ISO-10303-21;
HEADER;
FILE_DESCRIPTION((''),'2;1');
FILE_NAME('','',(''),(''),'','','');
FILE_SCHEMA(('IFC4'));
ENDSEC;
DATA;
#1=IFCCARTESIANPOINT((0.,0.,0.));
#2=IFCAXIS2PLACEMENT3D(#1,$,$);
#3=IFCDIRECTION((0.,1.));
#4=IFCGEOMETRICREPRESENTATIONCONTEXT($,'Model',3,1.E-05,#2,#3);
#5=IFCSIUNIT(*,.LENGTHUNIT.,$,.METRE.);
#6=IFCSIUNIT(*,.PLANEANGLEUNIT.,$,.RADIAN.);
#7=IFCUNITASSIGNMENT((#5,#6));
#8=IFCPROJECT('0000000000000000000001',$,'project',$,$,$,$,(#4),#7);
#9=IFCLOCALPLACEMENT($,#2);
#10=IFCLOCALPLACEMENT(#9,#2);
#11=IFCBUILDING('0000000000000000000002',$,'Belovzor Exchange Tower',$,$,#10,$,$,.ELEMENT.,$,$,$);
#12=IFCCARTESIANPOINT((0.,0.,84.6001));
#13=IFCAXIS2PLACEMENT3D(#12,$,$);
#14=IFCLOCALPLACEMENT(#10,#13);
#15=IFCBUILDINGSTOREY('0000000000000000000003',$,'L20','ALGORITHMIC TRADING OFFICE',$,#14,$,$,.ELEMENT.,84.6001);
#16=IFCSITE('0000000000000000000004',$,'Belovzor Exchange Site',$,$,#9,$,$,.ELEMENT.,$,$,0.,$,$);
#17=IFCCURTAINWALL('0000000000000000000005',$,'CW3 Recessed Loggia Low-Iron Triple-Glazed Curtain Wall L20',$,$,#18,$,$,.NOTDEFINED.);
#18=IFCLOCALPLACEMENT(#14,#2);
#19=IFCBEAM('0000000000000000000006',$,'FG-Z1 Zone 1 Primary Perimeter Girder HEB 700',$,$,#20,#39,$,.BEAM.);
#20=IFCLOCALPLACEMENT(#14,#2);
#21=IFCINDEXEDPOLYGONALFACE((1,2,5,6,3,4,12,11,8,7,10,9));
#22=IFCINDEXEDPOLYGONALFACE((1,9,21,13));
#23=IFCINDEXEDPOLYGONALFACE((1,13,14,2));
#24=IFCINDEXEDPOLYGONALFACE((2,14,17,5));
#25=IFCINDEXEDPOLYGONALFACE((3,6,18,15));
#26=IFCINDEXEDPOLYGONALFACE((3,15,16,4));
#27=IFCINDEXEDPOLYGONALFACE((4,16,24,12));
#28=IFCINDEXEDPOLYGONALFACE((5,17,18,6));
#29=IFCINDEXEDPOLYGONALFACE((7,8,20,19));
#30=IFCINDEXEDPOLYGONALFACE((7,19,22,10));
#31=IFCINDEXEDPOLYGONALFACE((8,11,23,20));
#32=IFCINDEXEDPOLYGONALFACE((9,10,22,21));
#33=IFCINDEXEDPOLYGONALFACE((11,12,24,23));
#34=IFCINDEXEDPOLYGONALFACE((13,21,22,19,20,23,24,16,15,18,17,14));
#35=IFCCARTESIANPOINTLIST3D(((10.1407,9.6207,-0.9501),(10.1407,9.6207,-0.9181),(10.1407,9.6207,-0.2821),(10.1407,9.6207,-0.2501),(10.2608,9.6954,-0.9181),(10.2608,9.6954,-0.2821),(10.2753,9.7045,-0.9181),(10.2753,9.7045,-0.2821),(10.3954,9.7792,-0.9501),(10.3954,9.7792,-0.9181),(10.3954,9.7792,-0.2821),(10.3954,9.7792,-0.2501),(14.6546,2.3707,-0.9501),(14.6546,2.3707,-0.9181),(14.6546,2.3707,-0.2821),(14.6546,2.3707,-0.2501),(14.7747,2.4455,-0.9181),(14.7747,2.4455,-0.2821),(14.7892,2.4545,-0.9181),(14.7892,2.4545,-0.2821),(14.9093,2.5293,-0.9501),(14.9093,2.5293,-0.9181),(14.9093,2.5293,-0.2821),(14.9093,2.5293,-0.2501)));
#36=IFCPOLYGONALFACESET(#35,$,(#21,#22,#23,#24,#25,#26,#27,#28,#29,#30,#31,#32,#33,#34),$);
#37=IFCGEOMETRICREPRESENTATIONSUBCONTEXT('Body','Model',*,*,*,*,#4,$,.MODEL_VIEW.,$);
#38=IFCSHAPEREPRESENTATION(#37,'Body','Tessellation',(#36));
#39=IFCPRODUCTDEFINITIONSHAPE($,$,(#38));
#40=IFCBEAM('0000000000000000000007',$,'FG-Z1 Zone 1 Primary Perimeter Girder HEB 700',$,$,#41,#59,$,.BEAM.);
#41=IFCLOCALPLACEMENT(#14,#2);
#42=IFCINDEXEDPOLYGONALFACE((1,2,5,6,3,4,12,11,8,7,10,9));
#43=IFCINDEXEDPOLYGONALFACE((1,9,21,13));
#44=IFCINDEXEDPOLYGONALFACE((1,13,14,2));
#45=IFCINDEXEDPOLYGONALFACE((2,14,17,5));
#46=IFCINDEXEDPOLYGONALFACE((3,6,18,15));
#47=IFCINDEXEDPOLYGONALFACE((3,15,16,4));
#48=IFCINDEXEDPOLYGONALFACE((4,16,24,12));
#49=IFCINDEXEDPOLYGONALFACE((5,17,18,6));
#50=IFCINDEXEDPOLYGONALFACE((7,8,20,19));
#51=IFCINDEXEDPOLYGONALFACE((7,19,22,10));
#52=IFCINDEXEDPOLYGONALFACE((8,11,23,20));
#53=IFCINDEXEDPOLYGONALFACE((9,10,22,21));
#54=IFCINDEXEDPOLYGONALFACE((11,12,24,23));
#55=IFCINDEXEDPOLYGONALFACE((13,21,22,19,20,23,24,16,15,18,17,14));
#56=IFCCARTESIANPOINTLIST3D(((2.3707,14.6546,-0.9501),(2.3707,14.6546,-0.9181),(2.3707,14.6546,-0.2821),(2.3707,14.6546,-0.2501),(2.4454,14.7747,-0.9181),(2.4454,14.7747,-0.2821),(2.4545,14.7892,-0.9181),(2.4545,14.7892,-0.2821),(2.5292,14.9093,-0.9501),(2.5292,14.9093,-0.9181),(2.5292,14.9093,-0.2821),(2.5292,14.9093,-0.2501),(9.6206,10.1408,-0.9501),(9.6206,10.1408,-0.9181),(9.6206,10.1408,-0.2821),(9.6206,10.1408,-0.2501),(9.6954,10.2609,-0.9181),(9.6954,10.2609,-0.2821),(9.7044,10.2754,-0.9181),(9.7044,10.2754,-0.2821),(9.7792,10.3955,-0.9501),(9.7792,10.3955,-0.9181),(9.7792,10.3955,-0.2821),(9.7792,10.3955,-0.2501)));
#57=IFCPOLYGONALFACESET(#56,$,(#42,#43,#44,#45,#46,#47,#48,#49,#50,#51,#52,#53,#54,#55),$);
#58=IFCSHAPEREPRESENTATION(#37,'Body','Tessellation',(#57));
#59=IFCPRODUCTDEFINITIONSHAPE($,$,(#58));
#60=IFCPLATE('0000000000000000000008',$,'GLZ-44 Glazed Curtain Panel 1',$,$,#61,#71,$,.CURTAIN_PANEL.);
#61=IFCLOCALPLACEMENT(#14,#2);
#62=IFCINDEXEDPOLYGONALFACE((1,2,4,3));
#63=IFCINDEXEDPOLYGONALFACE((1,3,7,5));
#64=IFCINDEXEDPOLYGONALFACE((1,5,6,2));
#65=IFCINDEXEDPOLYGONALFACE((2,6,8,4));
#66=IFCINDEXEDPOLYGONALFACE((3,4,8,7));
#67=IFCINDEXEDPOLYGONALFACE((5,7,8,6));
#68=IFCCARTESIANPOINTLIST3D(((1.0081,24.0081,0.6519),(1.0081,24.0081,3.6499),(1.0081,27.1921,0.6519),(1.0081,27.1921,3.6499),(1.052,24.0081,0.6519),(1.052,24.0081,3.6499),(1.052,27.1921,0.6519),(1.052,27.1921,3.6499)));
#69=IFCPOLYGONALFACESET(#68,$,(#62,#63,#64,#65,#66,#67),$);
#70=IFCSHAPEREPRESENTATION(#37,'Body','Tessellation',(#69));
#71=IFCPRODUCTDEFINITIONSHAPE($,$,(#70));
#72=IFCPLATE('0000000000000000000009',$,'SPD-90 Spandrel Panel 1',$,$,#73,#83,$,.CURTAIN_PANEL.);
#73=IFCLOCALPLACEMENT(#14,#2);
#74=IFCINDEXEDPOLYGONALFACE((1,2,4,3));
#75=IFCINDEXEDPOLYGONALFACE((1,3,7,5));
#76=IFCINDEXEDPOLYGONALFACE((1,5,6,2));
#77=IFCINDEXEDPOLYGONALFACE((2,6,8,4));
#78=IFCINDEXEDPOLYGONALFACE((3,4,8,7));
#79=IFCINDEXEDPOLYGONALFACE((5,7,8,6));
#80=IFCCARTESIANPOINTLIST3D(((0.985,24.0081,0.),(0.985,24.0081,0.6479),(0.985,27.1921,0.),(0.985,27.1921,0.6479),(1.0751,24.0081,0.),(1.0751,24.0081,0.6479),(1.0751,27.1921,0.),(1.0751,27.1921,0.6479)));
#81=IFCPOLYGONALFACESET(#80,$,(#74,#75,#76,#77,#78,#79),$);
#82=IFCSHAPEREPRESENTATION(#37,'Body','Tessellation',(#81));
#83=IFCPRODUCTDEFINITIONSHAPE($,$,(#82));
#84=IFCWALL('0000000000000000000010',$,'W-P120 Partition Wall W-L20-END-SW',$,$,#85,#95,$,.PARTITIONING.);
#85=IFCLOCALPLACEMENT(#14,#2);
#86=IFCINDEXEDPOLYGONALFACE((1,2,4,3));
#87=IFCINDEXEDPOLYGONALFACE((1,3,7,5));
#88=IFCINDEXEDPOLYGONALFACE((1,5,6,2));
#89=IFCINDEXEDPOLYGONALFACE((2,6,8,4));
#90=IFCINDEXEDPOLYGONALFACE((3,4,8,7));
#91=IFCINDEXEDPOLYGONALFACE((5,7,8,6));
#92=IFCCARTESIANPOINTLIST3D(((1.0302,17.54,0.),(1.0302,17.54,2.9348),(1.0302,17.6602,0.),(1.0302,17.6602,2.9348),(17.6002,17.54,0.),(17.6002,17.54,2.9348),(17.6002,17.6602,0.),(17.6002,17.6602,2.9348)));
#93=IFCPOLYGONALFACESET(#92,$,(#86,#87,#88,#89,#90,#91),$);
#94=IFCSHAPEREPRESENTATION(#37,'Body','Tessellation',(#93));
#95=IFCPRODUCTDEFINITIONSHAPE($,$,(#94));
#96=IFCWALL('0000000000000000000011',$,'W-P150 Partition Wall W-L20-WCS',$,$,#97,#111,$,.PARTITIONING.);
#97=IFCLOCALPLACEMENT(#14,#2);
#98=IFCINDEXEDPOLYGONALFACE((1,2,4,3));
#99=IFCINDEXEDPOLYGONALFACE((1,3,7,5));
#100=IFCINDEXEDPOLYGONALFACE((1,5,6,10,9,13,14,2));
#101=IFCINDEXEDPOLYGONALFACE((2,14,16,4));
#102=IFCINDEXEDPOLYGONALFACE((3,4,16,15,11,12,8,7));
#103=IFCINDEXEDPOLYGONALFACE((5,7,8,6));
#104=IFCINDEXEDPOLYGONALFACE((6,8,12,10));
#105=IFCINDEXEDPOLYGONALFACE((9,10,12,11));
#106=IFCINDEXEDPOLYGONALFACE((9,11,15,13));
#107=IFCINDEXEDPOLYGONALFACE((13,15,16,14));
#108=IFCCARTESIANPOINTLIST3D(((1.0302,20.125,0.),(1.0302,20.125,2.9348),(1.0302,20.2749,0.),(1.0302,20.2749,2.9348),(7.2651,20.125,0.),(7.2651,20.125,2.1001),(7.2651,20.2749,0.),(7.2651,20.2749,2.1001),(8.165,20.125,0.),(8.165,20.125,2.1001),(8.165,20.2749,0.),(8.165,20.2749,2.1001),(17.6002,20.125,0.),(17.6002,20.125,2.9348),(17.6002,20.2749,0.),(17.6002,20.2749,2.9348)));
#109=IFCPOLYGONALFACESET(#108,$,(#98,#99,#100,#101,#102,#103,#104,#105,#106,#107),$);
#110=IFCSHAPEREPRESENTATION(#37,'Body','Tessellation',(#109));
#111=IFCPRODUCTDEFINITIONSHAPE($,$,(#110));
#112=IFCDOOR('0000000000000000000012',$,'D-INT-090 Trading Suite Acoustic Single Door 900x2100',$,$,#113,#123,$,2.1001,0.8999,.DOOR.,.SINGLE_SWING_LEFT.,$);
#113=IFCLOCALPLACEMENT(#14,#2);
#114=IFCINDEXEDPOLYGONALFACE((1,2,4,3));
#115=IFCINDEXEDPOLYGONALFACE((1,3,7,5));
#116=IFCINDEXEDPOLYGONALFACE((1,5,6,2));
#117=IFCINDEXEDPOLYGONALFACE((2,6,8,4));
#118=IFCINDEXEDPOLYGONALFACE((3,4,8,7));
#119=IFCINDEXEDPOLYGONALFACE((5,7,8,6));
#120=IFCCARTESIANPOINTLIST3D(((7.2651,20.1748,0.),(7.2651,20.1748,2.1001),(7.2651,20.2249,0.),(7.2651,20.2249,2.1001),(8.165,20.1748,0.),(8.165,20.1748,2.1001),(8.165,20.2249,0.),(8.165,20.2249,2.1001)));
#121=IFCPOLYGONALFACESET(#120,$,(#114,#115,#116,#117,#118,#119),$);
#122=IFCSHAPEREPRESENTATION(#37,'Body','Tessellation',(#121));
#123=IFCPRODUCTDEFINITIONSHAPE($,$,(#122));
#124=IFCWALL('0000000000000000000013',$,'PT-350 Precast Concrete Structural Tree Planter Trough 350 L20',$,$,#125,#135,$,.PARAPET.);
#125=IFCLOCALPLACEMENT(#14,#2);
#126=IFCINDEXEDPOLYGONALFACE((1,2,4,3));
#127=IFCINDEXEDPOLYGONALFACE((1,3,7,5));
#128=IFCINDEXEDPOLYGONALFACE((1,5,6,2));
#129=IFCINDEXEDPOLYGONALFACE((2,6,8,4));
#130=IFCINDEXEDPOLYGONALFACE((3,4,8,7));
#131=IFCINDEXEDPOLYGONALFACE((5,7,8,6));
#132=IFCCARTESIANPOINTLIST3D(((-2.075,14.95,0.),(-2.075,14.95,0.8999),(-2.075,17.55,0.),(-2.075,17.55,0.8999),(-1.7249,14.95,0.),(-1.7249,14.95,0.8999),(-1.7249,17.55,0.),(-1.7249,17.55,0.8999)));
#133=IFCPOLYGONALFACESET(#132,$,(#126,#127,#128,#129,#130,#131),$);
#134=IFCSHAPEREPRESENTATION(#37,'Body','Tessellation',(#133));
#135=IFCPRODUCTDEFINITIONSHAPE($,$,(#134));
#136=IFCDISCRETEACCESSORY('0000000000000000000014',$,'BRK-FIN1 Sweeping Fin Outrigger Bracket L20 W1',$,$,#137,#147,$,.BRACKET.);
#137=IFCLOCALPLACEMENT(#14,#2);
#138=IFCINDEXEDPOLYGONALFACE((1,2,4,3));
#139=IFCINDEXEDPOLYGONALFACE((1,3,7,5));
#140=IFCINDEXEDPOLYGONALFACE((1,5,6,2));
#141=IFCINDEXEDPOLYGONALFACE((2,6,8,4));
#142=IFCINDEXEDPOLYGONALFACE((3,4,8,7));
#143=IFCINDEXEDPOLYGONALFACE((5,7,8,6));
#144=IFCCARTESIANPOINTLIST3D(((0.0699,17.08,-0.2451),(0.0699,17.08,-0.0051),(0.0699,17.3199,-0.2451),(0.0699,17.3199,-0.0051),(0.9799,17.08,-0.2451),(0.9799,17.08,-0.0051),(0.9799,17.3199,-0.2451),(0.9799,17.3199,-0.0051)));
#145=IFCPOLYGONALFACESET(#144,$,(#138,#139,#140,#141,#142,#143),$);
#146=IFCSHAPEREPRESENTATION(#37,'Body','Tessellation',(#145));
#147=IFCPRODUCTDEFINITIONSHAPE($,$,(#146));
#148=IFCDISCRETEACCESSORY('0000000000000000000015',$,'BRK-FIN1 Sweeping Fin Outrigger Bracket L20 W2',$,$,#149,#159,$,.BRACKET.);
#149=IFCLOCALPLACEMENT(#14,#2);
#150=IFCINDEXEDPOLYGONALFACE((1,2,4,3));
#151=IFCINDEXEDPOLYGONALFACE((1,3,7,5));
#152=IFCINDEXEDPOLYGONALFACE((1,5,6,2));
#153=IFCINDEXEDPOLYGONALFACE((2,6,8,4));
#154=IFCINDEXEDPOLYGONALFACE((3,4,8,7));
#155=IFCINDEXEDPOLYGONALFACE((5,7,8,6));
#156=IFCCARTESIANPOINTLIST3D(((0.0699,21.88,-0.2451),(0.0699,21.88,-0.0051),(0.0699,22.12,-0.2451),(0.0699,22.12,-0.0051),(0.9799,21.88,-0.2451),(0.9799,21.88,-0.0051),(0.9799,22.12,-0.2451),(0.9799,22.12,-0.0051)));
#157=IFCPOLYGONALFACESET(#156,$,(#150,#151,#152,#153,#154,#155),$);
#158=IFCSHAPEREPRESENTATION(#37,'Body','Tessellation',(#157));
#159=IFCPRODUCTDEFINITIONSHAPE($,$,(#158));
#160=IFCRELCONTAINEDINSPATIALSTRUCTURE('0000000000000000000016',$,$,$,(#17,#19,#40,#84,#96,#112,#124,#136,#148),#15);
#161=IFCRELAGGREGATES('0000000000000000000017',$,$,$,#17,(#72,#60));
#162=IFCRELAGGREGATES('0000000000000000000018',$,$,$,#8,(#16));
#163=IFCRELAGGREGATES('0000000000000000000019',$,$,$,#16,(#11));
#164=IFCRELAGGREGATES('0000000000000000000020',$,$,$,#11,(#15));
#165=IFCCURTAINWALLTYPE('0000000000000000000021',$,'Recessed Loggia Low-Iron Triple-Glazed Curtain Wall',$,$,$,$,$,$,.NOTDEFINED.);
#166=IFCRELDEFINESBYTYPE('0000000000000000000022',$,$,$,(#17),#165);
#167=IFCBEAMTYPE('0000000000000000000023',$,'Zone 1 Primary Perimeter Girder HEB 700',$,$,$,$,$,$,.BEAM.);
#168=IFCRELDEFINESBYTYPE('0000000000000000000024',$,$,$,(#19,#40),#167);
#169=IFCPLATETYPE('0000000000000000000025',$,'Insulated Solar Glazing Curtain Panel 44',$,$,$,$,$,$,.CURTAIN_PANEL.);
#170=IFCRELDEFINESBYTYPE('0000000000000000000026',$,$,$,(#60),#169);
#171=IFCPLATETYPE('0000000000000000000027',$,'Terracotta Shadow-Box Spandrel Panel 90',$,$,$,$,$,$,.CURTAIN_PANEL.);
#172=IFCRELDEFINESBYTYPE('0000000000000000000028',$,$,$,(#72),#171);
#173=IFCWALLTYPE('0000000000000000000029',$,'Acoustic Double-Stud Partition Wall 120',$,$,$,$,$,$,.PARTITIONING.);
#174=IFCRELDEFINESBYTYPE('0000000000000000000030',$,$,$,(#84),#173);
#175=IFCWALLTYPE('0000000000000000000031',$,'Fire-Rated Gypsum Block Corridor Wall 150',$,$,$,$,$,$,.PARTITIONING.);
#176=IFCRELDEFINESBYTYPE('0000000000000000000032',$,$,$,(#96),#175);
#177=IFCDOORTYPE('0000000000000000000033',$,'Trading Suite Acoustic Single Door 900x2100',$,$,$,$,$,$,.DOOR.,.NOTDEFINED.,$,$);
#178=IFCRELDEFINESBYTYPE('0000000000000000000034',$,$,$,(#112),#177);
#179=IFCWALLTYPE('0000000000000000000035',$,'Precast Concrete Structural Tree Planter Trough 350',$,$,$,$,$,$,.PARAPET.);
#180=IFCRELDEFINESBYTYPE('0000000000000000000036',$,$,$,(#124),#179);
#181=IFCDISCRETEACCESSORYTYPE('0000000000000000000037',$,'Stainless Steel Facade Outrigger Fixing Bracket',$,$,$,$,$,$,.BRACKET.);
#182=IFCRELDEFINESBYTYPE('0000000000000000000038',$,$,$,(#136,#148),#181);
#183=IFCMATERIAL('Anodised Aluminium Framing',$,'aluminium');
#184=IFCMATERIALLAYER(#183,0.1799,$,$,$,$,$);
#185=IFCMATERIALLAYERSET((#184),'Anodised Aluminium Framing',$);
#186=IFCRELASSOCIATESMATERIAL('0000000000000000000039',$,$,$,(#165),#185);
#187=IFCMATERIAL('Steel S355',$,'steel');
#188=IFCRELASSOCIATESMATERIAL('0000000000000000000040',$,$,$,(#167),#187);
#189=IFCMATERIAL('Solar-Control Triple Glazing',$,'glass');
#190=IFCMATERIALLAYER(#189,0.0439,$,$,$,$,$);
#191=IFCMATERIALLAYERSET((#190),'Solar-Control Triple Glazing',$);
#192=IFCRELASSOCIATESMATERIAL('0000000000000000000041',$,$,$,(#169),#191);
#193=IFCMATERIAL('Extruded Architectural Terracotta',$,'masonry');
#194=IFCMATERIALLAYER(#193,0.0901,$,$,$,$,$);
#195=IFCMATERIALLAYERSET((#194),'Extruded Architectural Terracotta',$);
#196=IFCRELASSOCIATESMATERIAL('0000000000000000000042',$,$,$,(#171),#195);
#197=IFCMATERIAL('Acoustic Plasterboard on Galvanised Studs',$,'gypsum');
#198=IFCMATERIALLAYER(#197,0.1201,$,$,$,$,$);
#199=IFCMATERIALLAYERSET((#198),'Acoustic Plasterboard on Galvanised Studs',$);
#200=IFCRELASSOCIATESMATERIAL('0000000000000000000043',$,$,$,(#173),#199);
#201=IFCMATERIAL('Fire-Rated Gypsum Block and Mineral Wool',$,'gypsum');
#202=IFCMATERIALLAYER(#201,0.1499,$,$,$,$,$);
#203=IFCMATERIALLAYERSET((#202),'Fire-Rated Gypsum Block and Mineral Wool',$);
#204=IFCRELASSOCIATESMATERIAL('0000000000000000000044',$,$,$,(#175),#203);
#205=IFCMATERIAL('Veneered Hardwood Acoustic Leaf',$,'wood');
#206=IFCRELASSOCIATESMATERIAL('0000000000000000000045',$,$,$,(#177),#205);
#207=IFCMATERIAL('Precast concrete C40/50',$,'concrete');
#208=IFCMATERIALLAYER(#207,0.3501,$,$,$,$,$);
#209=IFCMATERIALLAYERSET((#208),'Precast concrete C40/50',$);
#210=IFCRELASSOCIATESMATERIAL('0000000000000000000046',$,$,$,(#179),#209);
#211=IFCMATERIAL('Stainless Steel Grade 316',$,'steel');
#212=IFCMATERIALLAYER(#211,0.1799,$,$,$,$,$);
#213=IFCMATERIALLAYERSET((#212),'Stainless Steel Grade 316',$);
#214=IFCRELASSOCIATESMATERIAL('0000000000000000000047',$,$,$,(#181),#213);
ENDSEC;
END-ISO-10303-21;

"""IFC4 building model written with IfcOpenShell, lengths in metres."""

from ifc_helpers import new_model, si_unit, direction, frame, frame_2d, origin, origin_2d, place, context, subcontext, project, spatial, rectangle, i_section, extrude, material, layer, layer_set, material_profile, profile_set, type_object, element, fill, aggregate, save


model = new_model("IFC4")

# Units and contexts
model_context = context("Model", 3, precision=1e-05, world=origin(), true_north=direction((0.0, 1.0)))
body_context = subcontext(model_context, "Body", "Model", "MODEL_VIEW")
ifc_project = project(units=[si_unit("LENGTHUNIT", "METRE"), si_unit("PLANEANGLEUNIT", "RADIAN")], contexts=[model_context])

# Site, building, storey
site_placement = place(None, origin())
site = spatial("IfcSite", under=ifc_project, at=site_placement, Name="Belovzor Exchange Site", CompositionType="ELEMENT", RefElevation=0.0)
building_placement = place(site_placement, origin())
building = spatial("IfcBuilding", under=site, at=building_placement, Name="Belovzor Exchange Tower", CompositionType="ELEMENT")
storey_placement = place(building_placement, frame((0.0, 0.0, 84.6001)))
storey = spatial("IfcBuildingStorey", under=building, at=storey_placement, Name="L20", Description="ALGORITHMIC TRADING OFFICE", CompositionType="ELEMENT", Elevation=84.6001)

# Curtain wall
ifc_material_1 = material(Name="Anodised Aluminium Framing", Category="aluminium")
ifc_layer_1 = layer(ifc_material_1, 0.1799)
ifc_layer_set_1 = layer_set([ifc_layer_1], Name="Anodised Aluminium Framing")
curtain_wall_type = type_object("IfcCurtainWallType", Name="Recessed Loggia Low-Iron Triple-Glazed Curtain Wall", PredefinedType="NOTDEFINED", material=ifc_layer_set_1)
curtain_wall_placement = place(storey_placement, origin())
curtain_wall = element("IfcCurtainWall", 1, at=curtain_wall_placement, inside=storey, type_object=curtain_wall_type, Name="CW3 Recessed Loggia Low-Iron Triple-Glazed Curtain Wall L20", PredefinedType="NOTDEFINED")

# Beams
ifc_material_2 = material(Name="Steel S355", Category="steel")
ifc_material_profile_1 = material_profile(ifc_material_2, i_section(OverallWidth=0.3, OverallDepth=0.7, WebThickness=0.0171, FlangeThickness=0.032, at=origin_2d()))
ifc_profile_set_1 = profile_set([ifc_material_profile_1], Name="Steel S355")
beam_type_1 = type_object("IfcBeamType", Name="Zone 1 Primary Perimeter Girder HEB 700", PredefinedType="BEAM", material=ifc_profile_set_1)
for number, where, z_axis, x_axis, name in (
    (2, (10.2681, 9.7, -0.6001), (0.528539, -0.848909, 0.0), (0.848909, 0.528539, 0.0), "FG-Z1 Zone 1 Primary Perimeter Girder HEB 700"),
    (3, (2.45, 14.782, -0.6001), (0.848909, -0.528539, 0.0), (0.528539, 0.848909, 0.0), "FG-Z1 Zone 1 Primary Perimeter Girder HEB 700"),
):
    element("IfcBeam", number, at=place(storey_placement, frame(where, z_axis=z_axis, x_axis=x_axis)), inside=storey, type_object=beam_type_1, Name=name, PredefinedType="BEAM", context=body_context, shape_type="SweptSolid", body=[
        extrude(i_section(OverallWidth=0.3, OverallDepth=0.7, WebThickness=0.0171, FlangeThickness=0.032, at=origin_2d()), origin(), (0.0, 0.0, 1.0), 8.5403),
    ])

# Plates
ifc_material_3 = material(Name="Solar-Control Triple Glazing", Category="glass")
ifc_layer_2 = layer(ifc_material_3, 0.0439)
ifc_layer_set_2 = layer_set([ifc_layer_2], Name="Solar-Control Triple Glazing")
plate_type_1 = type_object("IfcPlateType", Name="Insulated Solar Glazing Curtain Panel 44", PredefinedType="CURTAIN_PANEL", material=ifc_layer_set_2)
plate_1_placement = place(storey_placement, frame((1.03, 25.6001, 0.6519), z_axis=(0.0, 0.0, 1.0), x_axis=(0.0, 1.0, 0.0)))
plate_1 = element("IfcPlate", 4, at=plate_1_placement, type_object=plate_type_1, Name="GLZ-44 Glazed Curtain Panel 1", PredefinedType="CURTAIN_PANEL", context=body_context, shape_type="SweptSolid", body=[
    extrude(rectangle(XDim=3.1841, YDim=0.0439, at=origin_2d()), origin(), (0.0, 0.0, 1.0), 2.998),
])
ifc_material_4 = material(Name="Extruded Architectural Terracotta", Category="masonry")
ifc_layer_3 = layer(ifc_material_4, 0.0901)
ifc_layer_set_3 = layer_set([ifc_layer_3], Name="Extruded Architectural Terracotta")
plate_type_2 = type_object("IfcPlateType", Name="Terracotta Shadow-Box Spandrel Panel 90", PredefinedType="CURTAIN_PANEL", material=ifc_layer_set_3)
plate_2_placement = place(storey_placement, frame((1.03, 25.6001, 0.0), z_axis=(0.0, 0.0, 1.0), x_axis=(0.0, 1.0, 0.0)))
plate_2 = element("IfcPlate", 5, at=plate_2_placement, type_object=plate_type_2, Name="SPD-90 Spandrel Panel 1", PredefinedType="CURTAIN_PANEL", context=body_context, shape_type="SweptSolid", body=[
    extrude(rectangle(XDim=3.1841, YDim=0.0901, at=origin_2d()), origin(), (0.0, 0.0, 1.0), 0.6479),
])
aggregate(curtain_wall, [plate_2, plate_1])

# Wall
ifc_material_5 = material(Name="Acoustic Plasterboard on Galvanised Studs", Category="gypsum")
ifc_layer_4 = layer(ifc_material_5, 0.1201)
ifc_layer_set_4 = layer_set([ifc_layer_4], Name="Acoustic Plasterboard on Galvanised Studs")
wall_type_1 = type_object("IfcWallType", Name="Acoustic Double-Stud Partition Wall 120", PredefinedType="PARTITIONING", material=ifc_layer_set_4)
wall_1_placement = place(storey_placement, frame((1.03, 17.6001, 0.0), z_axis=(0.0, 0.0, 1.0), x_axis=(1.0, 0.0, 0.0)))
element("IfcWall", 6, at=wall_1_placement, inside=storey, type_object=wall_type_1, Name="W-P120 Partition Wall W-L20-END-SW", PredefinedType="PARTITIONING", context=body_context, shape_type="SweptSolid", body=[
    extrude(rectangle(XDim=16.5701, YDim=0.1201, at=frame_2d((8.2852, 0.0))), origin(), (0.0, 0.0, 1.0), 2.9348),
])

# Wall, opening, door
ifc_material_6 = material(Name="Fire-Rated Gypsum Block and Mineral Wool", Category="gypsum")
ifc_layer_5 = layer(ifc_material_6, 0.1499)
ifc_layer_set_5 = layer_set([ifc_layer_5], Name="Fire-Rated Gypsum Block and Mineral Wool")
wall_type_2 = type_object("IfcWallType", Name="Fire-Rated Gypsum Block Corridor Wall 150", PredefinedType="PARTITIONING", material=ifc_layer_set_5)
wall_2_placement = place(storey_placement, frame((1.03, 20.2, 0.0), z_axis=(0.0, 0.0, 1.0), x_axis=(1.0, 0.0, 0.0)))
wall_2 = element("IfcWall", 7, at=wall_2_placement, inside=storey, type_object=wall_type_2, Name="W-P150 Partition Wall W-L20-WCS", PredefinedType="PARTITIONING", context=body_context, shape_type="SweptSolid", body=[
    extrude(rectangle(XDim=16.5701, YDim=0.1499, at=frame_2d((8.2852, 0.0))), origin(), (0.0, 0.0, 1.0), 2.9348),
])
opening_placement = place(wall_2_placement, frame((6.2351, 0.0, 0.0)))
opening = element("IfcOpeningElement", 8, at=opening_placement, cuts=wall_2, PredefinedType="OPENING", context=body_context, shape_type="SweptSolid", body=[
    extrude(rectangle(XDim=0.8999, YDim=2.1001, at=frame_2d((0.45, 1.05))), frame((0.0, 0.085, 0.0), z_axis=(0.0, -1.0, 0.0), x_axis=(1.0, 0.0, 0.0)), (0.0, 0.0, 1.0), 0.1699),
])
ifc_material_7 = material(Name="Veneered Hardwood Acoustic Leaf", Category="wood")
door_type = type_object("IfcDoorType", Name="Trading Suite Acoustic Single Door 900x2100", OperationType="NOTDEFINED", PredefinedType="DOOR", material=ifc_material_7)
door_placement = place(opening_placement, origin())
door = element("IfcDoor", 9, at=door_placement, inside=storey, type_object=door_type, Name="D-INT-090 Trading Suite Acoustic Single Door 900x2100", OperationType="SINGLE_SWING_LEFT", OverallHeight=2.1001, OverallWidth=0.8999, PredefinedType="DOOR", context=body_context, shape_type="SweptSolid", body=[
    extrude(rectangle(XDim=0.8999, YDim=2.1001, at=frame_2d((0.45, 1.05))), frame((0.0, 0.0249, 0.0), z_axis=(0.0, -1.0, 0.0), x_axis=(1.0, 0.0, 0.0)), (0.0, 0.0, 1.0), 0.05),
])
fill(opening, door)

# Wall
ifc_material_8 = material(Name="Precast concrete C40/50", Category="concrete")
ifc_layer_6 = layer(ifc_material_8, 0.3501)
ifc_layer_set_6 = layer_set([ifc_layer_6], Name="Precast concrete C40/50")
wall_type_3 = type_object("IfcWallType", Name="Precast Concrete Structural Tree Planter Trough 350", PredefinedType="PARAPET", material=ifc_layer_set_6)
wall_3_placement = place(storey_placement, frame((-1.8999, 14.95, 0.0), z_axis=(0.0, 0.0, 1.0), x_axis=(0.0, 1.0, 0.0)))
element("IfcWall", 10, at=wall_3_placement, inside=storey, type_object=wall_type_3, Name="PT-350 Precast Concrete Structural Tree Planter Trough 350 L20", PredefinedType="PARAPET", context=body_context, shape_type="SweptSolid", body=[
    extrude(rectangle(XDim=2.6001, YDim=0.3501, at=frame_2d((1.3, 0.0))), origin(), (0.0, 0.0, 1.0), 0.8999),
])

# Discrete accessories
ifc_material_9 = material(Name="Stainless Steel Grade 316", Category="steel")
ifc_layer_7 = layer(ifc_material_9, 0.1799)
ifc_layer_set_7 = layer_set([ifc_layer_7], Name="Stainless Steel Grade 316")
discrete_accessory_type = type_object("IfcDiscreteAccessoryType", Name="Stainless Steel Facade Outrigger Fixing Bracket", PredefinedType="BRACKET", material=ifc_layer_set_7)
for number, where, z_axis, x_axis, name in (
    (11, (0.5249, 17.2, -0.2451), (0.0, 0.0, 1.0), (1.0, 0.0, 0.0), "BRK-FIN1 Sweeping Fin Outrigger Bracket L20 W1"),
    (12, (0.5249, 22.0, -0.2451), (0.0, 0.0, 1.0), (1.0, 0.0, 0.0), "BRK-FIN1 Sweeping Fin Outrigger Bracket L20 W2"),
):
    element("IfcDiscreteAccessory", number, at=place(storey_placement, frame(where, z_axis=z_axis, x_axis=x_axis)), inside=storey, type_object=discrete_accessory_type, Name=name, PredefinedType="BRACKET", context=body_context, shape_type="SweptSolid", body=[
        extrude(rectangle(XDim=0.9099, YDim=0.24, at=origin_2d()), origin(), (0.0, 0.0, 1.0), 0.24),
    ])

save(model, "model.ifc")
